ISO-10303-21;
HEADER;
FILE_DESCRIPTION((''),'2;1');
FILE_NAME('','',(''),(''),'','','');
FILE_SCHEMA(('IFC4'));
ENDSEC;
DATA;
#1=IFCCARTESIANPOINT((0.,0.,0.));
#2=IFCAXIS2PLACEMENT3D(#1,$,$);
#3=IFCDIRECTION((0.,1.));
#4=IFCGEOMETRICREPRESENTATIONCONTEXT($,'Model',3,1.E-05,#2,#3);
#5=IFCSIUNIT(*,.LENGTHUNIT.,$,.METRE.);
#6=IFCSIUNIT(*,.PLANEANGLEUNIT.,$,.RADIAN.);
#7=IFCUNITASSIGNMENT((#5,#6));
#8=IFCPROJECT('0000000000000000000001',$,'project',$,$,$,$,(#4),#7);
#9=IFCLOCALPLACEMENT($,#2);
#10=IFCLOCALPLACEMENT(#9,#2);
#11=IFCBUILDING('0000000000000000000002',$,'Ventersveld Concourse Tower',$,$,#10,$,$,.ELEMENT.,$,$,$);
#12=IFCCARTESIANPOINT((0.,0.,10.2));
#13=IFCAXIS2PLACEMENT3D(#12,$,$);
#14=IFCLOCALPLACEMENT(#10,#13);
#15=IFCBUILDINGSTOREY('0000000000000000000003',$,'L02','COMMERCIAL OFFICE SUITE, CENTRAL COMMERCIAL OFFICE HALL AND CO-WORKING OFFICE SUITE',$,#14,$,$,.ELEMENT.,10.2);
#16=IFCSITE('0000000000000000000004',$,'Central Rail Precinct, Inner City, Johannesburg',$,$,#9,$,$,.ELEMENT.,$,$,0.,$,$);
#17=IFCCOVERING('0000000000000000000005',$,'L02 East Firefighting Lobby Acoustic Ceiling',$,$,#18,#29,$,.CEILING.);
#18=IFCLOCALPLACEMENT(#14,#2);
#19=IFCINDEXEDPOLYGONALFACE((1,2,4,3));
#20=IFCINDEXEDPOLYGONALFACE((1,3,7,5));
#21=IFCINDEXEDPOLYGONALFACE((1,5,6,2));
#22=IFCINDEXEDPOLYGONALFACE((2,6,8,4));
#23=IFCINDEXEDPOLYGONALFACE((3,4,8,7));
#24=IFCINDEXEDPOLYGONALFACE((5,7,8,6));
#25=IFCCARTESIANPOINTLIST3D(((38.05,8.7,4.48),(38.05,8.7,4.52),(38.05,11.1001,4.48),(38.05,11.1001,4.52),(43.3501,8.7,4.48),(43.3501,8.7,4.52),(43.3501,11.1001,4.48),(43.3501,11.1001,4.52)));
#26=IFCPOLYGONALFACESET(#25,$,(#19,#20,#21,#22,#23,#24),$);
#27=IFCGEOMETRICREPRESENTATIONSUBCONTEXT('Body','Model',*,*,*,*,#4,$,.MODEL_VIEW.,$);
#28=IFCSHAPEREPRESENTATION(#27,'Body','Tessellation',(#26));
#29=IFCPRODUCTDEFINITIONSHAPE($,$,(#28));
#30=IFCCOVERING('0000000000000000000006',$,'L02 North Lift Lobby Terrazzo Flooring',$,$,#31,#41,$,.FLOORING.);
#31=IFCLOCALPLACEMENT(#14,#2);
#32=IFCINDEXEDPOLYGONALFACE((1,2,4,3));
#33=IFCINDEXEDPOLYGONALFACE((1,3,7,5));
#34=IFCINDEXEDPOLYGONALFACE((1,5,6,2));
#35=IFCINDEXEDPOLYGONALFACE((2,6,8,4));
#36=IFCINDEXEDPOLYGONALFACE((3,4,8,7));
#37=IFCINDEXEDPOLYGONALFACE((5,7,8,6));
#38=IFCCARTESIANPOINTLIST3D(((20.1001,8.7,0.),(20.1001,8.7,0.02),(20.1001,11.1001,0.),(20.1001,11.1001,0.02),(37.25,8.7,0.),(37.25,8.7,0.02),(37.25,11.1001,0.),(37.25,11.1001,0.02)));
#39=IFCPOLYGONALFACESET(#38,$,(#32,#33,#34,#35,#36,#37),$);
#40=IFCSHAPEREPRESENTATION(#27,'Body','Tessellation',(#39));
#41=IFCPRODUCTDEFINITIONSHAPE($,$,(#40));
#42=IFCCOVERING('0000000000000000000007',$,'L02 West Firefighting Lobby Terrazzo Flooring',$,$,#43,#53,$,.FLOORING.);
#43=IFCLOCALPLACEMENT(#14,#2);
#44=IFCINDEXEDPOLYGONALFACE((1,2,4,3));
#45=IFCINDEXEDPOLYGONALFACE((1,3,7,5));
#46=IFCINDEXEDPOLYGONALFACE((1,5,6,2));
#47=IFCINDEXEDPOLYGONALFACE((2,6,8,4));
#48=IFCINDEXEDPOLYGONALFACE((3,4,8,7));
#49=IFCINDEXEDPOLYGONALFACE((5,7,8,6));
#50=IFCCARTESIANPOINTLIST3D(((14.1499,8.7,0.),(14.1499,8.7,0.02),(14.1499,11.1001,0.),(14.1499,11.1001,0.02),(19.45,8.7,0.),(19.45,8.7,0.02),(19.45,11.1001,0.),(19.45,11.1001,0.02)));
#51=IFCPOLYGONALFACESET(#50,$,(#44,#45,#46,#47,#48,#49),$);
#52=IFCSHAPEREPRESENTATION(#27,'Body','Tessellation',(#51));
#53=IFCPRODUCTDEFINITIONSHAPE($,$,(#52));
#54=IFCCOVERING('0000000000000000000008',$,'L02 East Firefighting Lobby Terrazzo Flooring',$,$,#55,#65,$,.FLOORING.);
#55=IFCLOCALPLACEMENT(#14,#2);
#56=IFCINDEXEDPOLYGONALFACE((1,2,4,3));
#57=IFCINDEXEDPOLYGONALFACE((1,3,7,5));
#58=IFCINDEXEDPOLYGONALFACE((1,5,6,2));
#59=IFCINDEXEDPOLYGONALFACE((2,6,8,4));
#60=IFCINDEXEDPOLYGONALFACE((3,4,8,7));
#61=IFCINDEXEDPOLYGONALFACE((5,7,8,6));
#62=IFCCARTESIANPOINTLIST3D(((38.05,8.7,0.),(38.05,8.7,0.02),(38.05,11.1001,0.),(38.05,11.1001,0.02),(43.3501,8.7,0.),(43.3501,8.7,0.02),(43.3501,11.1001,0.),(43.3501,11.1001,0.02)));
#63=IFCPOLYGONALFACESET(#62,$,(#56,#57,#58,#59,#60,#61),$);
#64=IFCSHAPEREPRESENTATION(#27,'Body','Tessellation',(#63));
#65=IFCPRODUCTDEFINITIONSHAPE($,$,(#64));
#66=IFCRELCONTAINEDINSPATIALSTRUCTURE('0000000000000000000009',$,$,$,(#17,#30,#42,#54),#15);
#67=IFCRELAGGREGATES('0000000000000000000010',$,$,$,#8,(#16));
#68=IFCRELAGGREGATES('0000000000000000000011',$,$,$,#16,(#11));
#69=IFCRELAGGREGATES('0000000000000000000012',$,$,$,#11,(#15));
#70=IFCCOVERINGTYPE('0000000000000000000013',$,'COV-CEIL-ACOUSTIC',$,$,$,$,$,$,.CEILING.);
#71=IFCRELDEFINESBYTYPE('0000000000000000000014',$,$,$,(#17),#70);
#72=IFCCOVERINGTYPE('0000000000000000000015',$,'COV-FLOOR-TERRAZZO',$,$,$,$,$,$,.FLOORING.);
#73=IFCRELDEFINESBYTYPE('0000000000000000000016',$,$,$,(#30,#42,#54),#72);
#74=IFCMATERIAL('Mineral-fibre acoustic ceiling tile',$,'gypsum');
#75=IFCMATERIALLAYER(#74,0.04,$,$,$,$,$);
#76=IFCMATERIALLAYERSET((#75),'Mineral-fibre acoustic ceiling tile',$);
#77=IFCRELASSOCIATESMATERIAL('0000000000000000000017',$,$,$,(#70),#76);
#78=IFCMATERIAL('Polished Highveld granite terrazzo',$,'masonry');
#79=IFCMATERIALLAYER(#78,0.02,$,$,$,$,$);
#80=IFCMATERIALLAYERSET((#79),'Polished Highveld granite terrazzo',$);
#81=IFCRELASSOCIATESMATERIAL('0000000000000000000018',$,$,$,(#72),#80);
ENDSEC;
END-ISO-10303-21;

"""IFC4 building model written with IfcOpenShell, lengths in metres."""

from ifc_helpers import new_model, si_unit, direction, frame, origin, place, context, subcontext, project, spatial, polyline, outline, extrude, material, layer, layer_set, type_object, element, save


model = new_model("IFC4")

# Units and contexts
model_context = context("Model", 3, precision=1e-05, world=origin(), true_north=direction((0.0, 1.0)))
body_context = subcontext(model_context, "Body", "Model", "MODEL_VIEW")
ifc_project = project(units=[si_unit("LENGTHUNIT", "METRE"), si_unit("PLANEANGLEUNIT", "RADIAN")], contexts=[model_context])

# Site, building, storey
site_placement = place(None, origin())
site = spatial("IfcSite", under=ifc_project, at=site_placement, Name="Central Rail Precinct, Inner City, Johannesburg", CompositionType="ELEMENT", RefElevation=0.0)
building_placement = place(site_placement, origin())
building = spatial("IfcBuilding", under=site, at=building_placement, Name="Ventersveld Concourse Tower", CompositionType="ELEMENT")
storey_placement = place(building_placement, frame((0.0, 0.0, 10.2)))
storey = spatial("IfcBuildingStorey", under=building, at=storey_placement, Name="L02", Description="COMMERCIAL OFFICE SUITE, CENTRAL COMMERCIAL OFFICE HALL AND CO-WORKING OFFICE SUITE", CompositionType="ELEMENT", Elevation=10.2)

# Coverings
ifc_material_1 = material(Name="Mineral-fibre acoustic ceiling tile", Category="gypsum")
ifc_layer_1 = layer(ifc_material_1, 0.04)
ifc_layer_set_1 = layer_set([ifc_layer_1], Name="Mineral-fibre acoustic ceiling tile")
covering_type_1 = type_object("IfcCoveringType", Name="COV-CEIL-ACOUSTIC", PredefinedType="CEILING", material=ifc_layer_set_1)
covering_1_placement = place(storey_placement, frame((0.0, 0.0, 4.48)))
element("IfcCovering", 1, at=covering_1_placement, inside=storey, type_object=covering_type_1, Name="L02 East Firefighting Lobby Acoustic Ceiling", PredefinedType="CEILING", context=body_context, shape_type="SweptSolid", body=[
    extrude(outline(polyline([(38.05, 8.7), (43.3501, 8.7), (43.3501, 11.1001), (38.05, 11.1001), (38.05, 8.7)])), origin(), (0.0, 0.0, 1.0), 0.04),
])
ifc_material_2 = material(Name="Polished Highveld granite terrazzo", Category="masonry")
ifc_layer_2 = layer(ifc_material_2, 0.02)
ifc_layer_set_2 = layer_set([ifc_layer_2], Name="Polished Highveld granite terrazzo")
covering_type_2 = type_object("IfcCoveringType", Name="COV-FLOOR-TERRAZZO", PredefinedType="FLOORING", material=ifc_layer_set_2)
covering_2_placement = place(storey_placement, origin())
element("IfcCovering", 2, at=covering_2_placement, inside=storey, type_object=covering_type_2, Name="L02 North Lift Lobby Terrazzo Flooring", PredefinedType="FLOORING", context=body_context, shape_type="SweptSolid", body=[
    extrude(outline(polyline([(20.1001, 8.7), (37.25, 8.7), (37.25, 11.1001), (20.1001, 11.1001), (20.1001, 8.7)])), origin(), (0.0, 0.0, 1.0), 0.02),
])
covering_3_placement = place(storey_placement, origin())
element("IfcCovering", 3, at=covering_3_placement, inside=storey, type_object=covering_type_2, Name="L02 West Firefighting Lobby Terrazzo Flooring", PredefinedType="FLOORING", context=body_context, shape_type="SweptSolid", body=[
    extrude(outline(polyline([(14.1499, 8.7), (19.45, 8.7), (19.45, 11.1001), (14.1499, 11.1001), (14.1499, 8.7)])), origin(), (0.0, 0.0, 1.0), 0.02),
])
covering_4_placement = place(storey_placement, origin())
element("IfcCovering", 4, at=covering_4_placement, inside=storey, type_object=covering_type_2, Name="L02 East Firefighting Lobby Terrazzo Flooring", PredefinedType="FLOORING", context=body_context, shape_type="SweptSolid", body=[
    extrude(outline(polyline([(38.05, 8.7), (43.3501, 8.7), (43.3501, 11.1001), (38.05, 11.1001), (38.05, 8.7)])), origin(), (0.0, 0.0, 1.0), 0.02),
])

save(model, "model.ifc")
